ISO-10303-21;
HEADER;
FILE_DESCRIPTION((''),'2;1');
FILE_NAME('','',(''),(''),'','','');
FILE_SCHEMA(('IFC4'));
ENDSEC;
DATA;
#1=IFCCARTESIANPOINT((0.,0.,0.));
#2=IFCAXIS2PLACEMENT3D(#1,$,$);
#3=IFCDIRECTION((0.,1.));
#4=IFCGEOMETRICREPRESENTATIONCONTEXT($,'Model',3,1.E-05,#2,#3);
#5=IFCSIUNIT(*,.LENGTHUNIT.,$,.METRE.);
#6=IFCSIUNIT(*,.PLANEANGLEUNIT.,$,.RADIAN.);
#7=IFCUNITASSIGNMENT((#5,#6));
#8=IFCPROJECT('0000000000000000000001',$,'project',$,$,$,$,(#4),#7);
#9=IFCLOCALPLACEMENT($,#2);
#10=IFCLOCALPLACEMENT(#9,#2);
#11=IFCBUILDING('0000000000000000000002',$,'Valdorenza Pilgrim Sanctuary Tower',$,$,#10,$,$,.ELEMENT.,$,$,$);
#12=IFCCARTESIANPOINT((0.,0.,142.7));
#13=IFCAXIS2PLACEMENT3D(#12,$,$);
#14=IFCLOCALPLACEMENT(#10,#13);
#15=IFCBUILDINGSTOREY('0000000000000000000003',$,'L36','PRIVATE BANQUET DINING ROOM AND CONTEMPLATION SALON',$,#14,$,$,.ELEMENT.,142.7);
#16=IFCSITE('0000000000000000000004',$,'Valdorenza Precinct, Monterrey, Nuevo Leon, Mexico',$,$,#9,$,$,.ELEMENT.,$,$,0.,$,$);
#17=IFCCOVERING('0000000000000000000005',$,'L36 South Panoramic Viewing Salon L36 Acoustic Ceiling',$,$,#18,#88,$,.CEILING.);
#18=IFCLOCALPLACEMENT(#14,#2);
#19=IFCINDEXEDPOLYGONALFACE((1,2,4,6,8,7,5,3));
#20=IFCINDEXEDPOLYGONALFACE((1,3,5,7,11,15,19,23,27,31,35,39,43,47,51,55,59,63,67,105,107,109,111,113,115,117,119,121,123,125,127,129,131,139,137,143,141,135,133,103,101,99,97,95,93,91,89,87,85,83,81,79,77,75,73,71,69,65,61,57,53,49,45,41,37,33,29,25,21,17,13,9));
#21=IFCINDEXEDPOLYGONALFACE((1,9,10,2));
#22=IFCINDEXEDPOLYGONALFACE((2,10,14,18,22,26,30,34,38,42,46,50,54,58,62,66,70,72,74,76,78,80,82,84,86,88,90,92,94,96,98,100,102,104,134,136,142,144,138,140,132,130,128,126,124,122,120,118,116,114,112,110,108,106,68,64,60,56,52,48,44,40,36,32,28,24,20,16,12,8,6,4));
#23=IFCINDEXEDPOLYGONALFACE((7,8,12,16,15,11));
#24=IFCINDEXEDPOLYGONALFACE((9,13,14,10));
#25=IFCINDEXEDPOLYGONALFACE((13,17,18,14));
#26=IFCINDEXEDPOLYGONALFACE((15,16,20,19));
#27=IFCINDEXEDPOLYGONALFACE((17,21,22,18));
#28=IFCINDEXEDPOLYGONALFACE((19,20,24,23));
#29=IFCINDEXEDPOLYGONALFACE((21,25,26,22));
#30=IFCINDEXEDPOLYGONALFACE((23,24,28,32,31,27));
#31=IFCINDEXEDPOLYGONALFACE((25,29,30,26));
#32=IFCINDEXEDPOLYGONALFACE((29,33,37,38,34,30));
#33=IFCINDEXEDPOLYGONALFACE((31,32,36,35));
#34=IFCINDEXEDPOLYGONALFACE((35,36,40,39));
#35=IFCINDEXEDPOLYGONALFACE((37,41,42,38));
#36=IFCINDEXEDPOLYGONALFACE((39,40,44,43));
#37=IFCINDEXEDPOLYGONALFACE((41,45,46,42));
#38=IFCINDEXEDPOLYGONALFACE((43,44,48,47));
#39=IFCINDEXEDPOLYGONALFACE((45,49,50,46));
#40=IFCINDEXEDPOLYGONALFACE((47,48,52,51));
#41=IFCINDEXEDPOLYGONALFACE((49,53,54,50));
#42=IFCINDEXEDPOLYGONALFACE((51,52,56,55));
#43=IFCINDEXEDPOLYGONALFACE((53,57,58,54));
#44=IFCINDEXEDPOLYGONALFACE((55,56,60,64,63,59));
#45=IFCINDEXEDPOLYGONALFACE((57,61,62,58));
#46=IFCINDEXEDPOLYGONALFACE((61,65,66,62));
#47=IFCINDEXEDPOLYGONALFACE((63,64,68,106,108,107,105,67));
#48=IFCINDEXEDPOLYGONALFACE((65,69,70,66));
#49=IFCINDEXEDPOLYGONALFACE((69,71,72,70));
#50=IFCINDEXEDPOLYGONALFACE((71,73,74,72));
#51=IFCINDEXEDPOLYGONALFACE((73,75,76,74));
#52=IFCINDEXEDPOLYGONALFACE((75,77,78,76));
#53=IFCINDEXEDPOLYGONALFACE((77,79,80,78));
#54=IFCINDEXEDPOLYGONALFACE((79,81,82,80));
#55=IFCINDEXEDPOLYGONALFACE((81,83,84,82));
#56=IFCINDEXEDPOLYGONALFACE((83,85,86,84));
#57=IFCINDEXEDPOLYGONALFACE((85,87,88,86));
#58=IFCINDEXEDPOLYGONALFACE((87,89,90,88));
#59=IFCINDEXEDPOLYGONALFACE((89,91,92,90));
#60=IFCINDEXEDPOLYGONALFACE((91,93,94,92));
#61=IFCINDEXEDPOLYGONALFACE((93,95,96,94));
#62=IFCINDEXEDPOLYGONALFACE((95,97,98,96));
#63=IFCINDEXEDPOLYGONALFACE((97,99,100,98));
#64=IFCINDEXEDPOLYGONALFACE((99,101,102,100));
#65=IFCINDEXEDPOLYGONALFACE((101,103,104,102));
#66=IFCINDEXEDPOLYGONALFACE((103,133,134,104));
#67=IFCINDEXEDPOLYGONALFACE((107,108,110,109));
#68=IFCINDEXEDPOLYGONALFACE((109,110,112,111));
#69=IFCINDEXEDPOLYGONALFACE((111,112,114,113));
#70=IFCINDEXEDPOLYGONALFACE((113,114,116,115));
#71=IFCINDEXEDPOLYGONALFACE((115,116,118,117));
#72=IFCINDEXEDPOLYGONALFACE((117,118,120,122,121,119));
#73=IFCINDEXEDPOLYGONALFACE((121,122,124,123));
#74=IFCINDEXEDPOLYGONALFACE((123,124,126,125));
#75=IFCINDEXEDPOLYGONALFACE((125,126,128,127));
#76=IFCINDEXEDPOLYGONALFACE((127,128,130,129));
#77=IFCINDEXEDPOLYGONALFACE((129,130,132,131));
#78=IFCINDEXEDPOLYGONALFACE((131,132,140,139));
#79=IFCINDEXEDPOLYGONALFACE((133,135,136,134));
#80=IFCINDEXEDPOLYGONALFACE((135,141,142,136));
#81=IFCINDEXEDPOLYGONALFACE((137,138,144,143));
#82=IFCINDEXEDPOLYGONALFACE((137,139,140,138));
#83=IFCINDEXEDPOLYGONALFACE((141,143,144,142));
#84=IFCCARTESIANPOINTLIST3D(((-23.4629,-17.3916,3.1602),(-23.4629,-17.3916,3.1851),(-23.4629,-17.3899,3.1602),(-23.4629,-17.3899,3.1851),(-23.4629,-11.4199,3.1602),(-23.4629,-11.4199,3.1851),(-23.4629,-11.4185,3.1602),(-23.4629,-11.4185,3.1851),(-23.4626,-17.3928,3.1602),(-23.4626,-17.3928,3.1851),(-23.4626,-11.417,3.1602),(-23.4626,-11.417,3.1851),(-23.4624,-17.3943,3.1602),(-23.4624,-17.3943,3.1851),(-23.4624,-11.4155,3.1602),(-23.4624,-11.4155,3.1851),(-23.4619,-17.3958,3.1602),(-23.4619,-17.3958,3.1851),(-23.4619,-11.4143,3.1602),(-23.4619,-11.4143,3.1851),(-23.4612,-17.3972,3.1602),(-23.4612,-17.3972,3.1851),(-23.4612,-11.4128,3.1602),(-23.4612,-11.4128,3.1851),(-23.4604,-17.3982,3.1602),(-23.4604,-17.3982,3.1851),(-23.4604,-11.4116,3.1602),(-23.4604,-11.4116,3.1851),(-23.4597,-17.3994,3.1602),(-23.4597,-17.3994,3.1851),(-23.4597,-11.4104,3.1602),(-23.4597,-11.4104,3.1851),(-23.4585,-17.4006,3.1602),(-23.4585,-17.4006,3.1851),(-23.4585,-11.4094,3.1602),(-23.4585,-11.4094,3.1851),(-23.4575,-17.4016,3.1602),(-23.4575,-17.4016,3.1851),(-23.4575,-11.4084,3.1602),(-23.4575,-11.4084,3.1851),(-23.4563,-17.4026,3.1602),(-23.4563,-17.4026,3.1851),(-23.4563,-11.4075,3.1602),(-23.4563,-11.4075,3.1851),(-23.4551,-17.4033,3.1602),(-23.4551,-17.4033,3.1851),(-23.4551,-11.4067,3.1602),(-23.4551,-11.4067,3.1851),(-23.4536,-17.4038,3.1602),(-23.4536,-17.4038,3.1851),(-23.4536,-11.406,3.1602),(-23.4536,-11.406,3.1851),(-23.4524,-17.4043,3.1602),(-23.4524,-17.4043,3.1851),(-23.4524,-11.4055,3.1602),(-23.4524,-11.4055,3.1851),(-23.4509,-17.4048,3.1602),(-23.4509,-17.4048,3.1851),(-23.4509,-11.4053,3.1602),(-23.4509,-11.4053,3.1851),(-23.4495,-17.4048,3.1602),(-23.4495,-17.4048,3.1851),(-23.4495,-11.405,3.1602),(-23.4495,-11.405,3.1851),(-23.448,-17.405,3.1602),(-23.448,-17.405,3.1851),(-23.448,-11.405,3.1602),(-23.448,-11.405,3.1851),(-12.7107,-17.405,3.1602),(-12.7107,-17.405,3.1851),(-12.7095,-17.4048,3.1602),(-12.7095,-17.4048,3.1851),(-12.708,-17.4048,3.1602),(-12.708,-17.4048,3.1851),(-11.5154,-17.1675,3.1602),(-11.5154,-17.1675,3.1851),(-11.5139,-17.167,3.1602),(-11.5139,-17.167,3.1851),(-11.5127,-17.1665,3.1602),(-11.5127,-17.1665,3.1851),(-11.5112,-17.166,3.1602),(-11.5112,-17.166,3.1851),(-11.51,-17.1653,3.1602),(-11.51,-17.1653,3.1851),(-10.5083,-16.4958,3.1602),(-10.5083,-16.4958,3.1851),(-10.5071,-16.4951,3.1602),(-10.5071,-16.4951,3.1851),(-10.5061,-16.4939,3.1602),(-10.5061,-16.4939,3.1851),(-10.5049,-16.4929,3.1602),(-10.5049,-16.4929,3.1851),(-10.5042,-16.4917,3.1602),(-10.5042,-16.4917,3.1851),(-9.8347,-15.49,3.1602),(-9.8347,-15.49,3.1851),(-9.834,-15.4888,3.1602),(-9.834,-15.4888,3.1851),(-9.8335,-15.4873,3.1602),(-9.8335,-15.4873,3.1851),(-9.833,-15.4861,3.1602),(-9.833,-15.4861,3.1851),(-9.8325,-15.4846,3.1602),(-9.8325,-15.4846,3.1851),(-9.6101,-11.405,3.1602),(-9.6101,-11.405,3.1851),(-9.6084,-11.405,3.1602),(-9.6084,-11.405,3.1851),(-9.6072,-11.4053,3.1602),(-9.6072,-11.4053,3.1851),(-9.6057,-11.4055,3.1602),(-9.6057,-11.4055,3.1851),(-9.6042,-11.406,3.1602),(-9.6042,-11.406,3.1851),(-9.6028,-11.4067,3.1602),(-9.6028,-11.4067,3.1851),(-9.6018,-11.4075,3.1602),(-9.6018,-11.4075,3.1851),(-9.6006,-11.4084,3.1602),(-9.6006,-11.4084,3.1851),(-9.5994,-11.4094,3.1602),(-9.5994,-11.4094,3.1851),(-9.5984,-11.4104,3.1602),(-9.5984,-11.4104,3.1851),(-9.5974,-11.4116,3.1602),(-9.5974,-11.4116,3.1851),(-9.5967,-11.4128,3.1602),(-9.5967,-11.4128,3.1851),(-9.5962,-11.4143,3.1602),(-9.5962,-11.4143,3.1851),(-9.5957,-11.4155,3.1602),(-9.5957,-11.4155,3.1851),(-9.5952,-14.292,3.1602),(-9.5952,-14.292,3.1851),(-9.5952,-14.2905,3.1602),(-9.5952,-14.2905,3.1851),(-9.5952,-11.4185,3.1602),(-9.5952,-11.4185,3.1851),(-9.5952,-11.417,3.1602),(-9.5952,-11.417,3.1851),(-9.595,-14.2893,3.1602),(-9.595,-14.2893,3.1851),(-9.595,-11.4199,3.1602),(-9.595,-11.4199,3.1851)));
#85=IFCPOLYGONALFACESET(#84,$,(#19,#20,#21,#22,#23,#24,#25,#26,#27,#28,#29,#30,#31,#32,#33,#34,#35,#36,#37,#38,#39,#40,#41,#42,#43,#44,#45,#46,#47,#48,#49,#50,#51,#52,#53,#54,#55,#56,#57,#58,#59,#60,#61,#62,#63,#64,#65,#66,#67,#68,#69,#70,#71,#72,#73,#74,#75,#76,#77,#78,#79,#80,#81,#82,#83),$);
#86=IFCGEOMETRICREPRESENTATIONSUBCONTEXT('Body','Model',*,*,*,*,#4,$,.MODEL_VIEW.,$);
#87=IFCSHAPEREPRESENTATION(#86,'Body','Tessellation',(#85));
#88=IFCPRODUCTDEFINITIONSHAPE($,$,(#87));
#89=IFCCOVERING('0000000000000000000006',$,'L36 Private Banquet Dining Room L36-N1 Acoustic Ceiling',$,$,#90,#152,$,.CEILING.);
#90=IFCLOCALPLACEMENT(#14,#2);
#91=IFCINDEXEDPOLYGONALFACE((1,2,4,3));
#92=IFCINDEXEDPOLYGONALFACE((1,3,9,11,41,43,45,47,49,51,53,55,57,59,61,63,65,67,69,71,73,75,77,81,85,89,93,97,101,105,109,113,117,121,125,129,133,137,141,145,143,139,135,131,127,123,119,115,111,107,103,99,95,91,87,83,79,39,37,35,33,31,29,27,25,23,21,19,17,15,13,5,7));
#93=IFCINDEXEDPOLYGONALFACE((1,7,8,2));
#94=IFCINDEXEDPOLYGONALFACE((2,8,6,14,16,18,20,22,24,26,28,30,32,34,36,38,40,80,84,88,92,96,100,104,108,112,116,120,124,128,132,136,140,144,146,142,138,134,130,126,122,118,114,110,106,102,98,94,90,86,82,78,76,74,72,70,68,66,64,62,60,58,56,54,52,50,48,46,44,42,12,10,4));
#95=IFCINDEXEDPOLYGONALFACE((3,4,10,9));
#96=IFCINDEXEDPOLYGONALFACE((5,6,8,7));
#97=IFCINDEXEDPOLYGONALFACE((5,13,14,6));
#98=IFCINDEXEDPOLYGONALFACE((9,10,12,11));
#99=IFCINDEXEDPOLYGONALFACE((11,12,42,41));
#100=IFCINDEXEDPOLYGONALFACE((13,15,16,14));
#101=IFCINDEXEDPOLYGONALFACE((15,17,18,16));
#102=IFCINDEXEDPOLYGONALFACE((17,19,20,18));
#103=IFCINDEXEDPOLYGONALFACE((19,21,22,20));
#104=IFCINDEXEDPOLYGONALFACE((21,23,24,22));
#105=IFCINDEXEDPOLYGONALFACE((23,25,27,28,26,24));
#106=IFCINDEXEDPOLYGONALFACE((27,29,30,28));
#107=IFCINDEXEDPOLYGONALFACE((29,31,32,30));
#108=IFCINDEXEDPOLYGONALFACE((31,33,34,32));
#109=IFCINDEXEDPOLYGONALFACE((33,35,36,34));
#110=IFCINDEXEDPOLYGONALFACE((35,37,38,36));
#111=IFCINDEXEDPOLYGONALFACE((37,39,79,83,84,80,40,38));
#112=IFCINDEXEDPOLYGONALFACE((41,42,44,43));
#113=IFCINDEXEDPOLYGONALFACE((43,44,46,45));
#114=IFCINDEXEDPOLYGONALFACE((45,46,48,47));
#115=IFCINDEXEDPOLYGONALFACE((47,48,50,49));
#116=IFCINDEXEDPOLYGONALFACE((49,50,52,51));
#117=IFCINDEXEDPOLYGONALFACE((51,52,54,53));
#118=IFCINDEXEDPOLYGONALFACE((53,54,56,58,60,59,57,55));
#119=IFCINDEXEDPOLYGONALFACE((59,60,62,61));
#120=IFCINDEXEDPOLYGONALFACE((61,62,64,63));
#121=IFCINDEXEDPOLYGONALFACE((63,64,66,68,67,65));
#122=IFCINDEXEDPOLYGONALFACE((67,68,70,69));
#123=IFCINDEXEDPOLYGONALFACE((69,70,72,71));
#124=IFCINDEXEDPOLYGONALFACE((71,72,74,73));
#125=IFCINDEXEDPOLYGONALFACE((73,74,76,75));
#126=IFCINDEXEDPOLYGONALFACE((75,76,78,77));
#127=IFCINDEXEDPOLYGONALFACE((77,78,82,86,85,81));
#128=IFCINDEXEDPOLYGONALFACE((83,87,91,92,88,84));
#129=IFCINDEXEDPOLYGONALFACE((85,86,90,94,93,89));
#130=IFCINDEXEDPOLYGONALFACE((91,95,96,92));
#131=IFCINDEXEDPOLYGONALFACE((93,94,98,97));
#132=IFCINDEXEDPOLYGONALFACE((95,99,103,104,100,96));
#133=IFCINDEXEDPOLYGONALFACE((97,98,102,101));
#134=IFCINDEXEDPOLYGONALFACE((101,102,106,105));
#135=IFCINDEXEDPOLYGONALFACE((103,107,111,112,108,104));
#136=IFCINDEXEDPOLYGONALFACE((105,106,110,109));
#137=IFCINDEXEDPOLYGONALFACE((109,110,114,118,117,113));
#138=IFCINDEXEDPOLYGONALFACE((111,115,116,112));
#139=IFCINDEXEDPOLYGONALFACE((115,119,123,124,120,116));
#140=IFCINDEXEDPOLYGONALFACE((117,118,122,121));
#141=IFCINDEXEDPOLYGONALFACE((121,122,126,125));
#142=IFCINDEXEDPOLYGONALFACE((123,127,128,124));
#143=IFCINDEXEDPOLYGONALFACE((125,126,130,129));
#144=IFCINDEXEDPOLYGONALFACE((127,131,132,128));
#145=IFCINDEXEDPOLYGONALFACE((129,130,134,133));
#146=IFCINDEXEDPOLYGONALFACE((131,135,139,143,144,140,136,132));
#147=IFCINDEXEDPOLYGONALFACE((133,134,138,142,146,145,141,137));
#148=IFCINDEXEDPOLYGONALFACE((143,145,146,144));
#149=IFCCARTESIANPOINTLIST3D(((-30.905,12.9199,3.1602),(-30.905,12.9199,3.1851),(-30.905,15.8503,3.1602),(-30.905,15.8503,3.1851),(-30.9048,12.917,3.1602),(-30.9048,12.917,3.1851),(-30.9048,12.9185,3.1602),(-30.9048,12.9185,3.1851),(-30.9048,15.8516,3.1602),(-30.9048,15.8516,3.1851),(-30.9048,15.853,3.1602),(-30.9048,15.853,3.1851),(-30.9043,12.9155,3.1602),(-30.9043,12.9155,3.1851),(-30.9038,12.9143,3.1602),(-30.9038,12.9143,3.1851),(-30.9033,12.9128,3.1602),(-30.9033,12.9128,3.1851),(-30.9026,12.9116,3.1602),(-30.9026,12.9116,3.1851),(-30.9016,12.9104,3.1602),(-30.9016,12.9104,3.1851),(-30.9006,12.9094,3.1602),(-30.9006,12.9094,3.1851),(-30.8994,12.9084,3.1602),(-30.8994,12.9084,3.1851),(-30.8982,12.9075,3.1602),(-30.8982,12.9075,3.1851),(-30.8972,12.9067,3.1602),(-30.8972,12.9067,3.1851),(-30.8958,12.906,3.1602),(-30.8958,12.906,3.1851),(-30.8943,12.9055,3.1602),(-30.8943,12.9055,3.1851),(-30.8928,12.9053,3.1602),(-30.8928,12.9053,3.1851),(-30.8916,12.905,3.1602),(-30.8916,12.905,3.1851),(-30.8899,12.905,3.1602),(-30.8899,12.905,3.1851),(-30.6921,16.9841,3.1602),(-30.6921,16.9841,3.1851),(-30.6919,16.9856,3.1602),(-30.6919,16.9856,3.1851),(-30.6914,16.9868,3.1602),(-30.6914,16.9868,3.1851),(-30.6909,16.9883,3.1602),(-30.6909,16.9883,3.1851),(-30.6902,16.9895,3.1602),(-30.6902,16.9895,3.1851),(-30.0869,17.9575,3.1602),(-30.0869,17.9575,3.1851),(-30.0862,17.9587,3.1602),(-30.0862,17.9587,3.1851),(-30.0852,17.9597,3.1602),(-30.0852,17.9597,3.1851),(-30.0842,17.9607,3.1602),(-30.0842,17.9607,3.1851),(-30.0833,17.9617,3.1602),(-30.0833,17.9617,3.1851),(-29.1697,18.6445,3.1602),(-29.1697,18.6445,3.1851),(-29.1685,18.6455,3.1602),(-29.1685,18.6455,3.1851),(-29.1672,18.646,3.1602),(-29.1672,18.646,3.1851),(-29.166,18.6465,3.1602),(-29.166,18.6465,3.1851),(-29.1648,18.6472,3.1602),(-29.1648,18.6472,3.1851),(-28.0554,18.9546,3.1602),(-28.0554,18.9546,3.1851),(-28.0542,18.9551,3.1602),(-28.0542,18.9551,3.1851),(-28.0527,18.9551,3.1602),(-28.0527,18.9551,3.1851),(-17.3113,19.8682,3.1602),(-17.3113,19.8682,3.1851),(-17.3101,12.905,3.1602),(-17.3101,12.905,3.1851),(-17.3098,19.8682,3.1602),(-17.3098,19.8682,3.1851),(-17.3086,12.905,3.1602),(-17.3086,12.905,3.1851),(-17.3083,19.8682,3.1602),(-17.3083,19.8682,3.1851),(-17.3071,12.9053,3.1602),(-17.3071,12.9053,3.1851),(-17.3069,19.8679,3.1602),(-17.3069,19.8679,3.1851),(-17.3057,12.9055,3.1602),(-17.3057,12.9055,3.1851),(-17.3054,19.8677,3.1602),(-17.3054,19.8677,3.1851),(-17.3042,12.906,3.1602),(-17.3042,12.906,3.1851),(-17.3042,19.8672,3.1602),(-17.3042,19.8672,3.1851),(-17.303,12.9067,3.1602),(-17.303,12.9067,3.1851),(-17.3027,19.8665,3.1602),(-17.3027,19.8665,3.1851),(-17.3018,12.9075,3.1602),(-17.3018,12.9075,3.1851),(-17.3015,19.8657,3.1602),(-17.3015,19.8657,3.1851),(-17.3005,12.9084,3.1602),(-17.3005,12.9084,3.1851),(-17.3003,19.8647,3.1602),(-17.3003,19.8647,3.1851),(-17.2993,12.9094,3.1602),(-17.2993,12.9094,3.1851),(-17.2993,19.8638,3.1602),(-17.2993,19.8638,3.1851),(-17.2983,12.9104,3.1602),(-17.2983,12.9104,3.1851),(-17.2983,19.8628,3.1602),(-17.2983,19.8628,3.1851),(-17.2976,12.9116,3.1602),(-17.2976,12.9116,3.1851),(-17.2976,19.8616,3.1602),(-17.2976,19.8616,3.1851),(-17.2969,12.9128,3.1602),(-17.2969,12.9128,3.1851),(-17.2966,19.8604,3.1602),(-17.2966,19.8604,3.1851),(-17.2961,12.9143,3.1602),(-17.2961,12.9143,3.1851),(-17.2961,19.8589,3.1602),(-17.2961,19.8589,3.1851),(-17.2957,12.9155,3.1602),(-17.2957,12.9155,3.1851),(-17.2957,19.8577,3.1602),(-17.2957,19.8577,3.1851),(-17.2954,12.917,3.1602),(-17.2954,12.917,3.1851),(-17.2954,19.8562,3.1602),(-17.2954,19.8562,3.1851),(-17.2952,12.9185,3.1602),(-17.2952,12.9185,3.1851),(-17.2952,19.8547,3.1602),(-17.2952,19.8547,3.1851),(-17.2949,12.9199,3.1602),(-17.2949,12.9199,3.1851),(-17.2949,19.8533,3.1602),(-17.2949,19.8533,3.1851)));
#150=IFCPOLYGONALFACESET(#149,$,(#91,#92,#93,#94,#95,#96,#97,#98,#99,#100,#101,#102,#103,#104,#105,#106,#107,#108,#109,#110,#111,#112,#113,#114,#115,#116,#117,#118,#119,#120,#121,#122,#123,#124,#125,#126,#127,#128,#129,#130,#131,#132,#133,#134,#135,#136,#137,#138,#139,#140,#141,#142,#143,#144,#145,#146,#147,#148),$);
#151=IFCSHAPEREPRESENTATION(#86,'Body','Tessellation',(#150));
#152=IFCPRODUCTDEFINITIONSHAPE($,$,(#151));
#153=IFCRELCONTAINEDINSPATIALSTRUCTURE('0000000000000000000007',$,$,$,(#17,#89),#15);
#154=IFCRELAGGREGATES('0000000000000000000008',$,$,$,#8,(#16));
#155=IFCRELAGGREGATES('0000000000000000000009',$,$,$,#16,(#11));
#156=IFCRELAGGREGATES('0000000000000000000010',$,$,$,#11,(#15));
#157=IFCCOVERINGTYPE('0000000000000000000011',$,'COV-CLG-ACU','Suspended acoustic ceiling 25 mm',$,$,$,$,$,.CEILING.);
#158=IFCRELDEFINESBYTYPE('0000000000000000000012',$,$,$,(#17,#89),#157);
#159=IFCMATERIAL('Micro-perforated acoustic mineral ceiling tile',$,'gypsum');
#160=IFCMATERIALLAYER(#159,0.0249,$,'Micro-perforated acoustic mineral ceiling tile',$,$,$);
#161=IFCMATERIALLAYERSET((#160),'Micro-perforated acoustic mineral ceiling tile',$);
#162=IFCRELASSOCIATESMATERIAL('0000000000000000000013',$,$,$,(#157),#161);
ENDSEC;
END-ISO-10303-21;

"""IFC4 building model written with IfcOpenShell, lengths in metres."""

from ifc_helpers import new_model, si_unit, direction, frame, origin, place, context, subcontext, project, spatial, polyline, outline, extrude, material, layer, layer_set, type_object, element, save


model = new_model("IFC4")

# Units and contexts
model_context = context("Model", 3, precision=1e-05, world=origin(), true_north=direction((0.0, 1.0)))
body_context = subcontext(model_context, "Body", "Model", "MODEL_VIEW")
ifc_project = project(units=[si_unit("LENGTHUNIT", "METRE"), si_unit("PLANEANGLEUNIT", "RADIAN")], contexts=[model_context])

# Site, building, storey
site_placement = place(None, origin())
site = spatial("IfcSite", under=ifc_project, at=site_placement, Name="Valdorenza Precinct, Monterrey, Nuevo Leon, Mexico", CompositionType="ELEMENT", RefElevation=0.0)
building_placement = place(site_placement, origin())
building = spatial("IfcBuilding", under=site, at=building_placement, Name="Valdorenza Pilgrim Sanctuary Tower", CompositionType="ELEMENT")
storey_placement = place(building_placement, frame((0.0, 0.0, 142.7)))
storey = spatial("IfcBuildingStorey", under=building, at=storey_placement, Name="L36", Description="PRIVATE BANQUET DINING ROOM AND CONTEMPLATION SALON", CompositionType="ELEMENT", Elevation=142.7)

# Coverings
ifc_material_1 = material(Name="Micro-perforated acoustic mineral ceiling tile", Category="gypsum")
ifc_layer_1 = layer(ifc_material_1, 0.0249, Name="Micro-perforated acoustic mineral ceiling tile")
ifc_layer_set_1 = layer_set([ifc_layer_1], Name="Micro-perforated acoustic mineral ceiling tile")
covering_type_1 = type_object("IfcCoveringType", Name="COV-CLG-ACU", Description="Suspended acoustic ceiling 25 mm", PredefinedType="CEILING", material=ifc_layer_set_1)
covering_1_placement = place(storey_placement, frame((0.0, 0.0, 3.1602)))
element("IfcCovering", 1, at=covering_1_placement, inside=storey, type_object=covering_type_1, Name="L36 South Panoramic Viewing Salon L36 Acoustic Ceiling", PredefinedType="CEILING", context=body_context, shape_type="SweptSolid", body=[
    extrude(outline(polyline([(-9.6101, -11.405), (-9.6084, -11.405), (-9.6072, -11.4053), (-9.6057, -11.4055), (-9.6042, -11.406), (-9.6028, -11.4067), (-9.6018, -11.4075), (-9.6006, -11.4084), (-9.5994, -11.4094), (-9.5984, -11.4104), (-9.5974, -11.4116), (-9.5967, -11.4128), (-9.5962, -11.4143), (-9.5957, -11.4155), (-9.5952, -11.417), (-9.5952, -11.4185), (-9.595, -11.4199), (-9.595, -14.2893), (-9.5952, -14.2905), (-9.5952, -14.292), (-9.8325, -15.4846), (-9.833, -15.4861), (-9.8335, -15.4873), (-9.834, -15.4888), (-9.8347, -15.49), (-10.5042, -16.4917), (-10.5049, -16.4929), (-10.5061, -16.4939), (-10.5071, -16.4951), (-10.5083, -16.4958), (-11.51, -17.1653), (-11.5112, -17.166), (-11.5127, -17.1665), (-11.5139, -17.167), (-11.5154, -17.1675), (-12.708, -17.4048), (-12.7095, -17.4048), (-12.7107, -17.405), (-23.448, -17.405), (-23.4495, -17.4048), (-23.4509, -17.4048), (-23.4524, -17.4043), (-23.4536, -17.4038), (-23.4551, -17.4033), (-23.4563, -17.4026), (-23.4575, -17.4016), (-23.4585, -17.4006), (-23.4597, -17.3994), (-23.4604, -17.3982), (-23.4612, -17.3972), (-23.4619, -17.3958), (-23.4624, -17.3943), (-23.4626, -17.3928), (-23.4629, -17.3916), (-23.4629, -17.3899), (-23.4629, -11.4199), (-23.4629, -11.4185), (-23.4626, -11.417), (-23.4624, -11.4155), (-23.4619, -11.4143), (-23.4612, -11.4128), (-23.4604, -11.4116), (-23.4597, -11.4104), (-23.4585, -11.4094), (-23.4575, -11.4084), (-23.4563, -11.4075), (-23.4551, -11.4067), (-23.4536, -11.406), (-23.4524, -11.4055), (-23.4509, -11.4053), (-23.4495, -11.405), (-23.448, -11.405), (-9.6101, -11.405)])), origin(), (0.0, 0.0, 1.0), 0.0249),
])
covering_2_placement = place(storey_placement, frame((0.0, 0.0, 3.1602)))
element("IfcCovering", 2, at=covering_2_placement, inside=storey, type_object=covering_type_1, Name="L36 Private Banquet Dining Room L36-N1 Acoustic Ceiling", PredefinedType="CEILING", context=body_context, shape_type="SweptSolid", body=[
    extrude(outline(polyline([(-30.8899, 12.905), (-30.8916, 12.905), (-30.8928, 12.9053), (-30.8943, 12.9055), (-30.8958, 12.906), (-30.8972, 12.9067), (-30.8982, 12.9075), (-30.8994, 12.9084), (-30.9006, 12.9094), (-30.9016, 12.9104), (-30.9026, 12.9116), (-30.9033, 12.9128), (-30.9038, 12.9143), (-30.9043, 12.9155), (-30.9048, 12.917), (-30.9048, 12.9185), (-30.905, 12.9199), (-30.905, 15.8503), (-30.9048, 15.8516), (-30.9048, 15.853), (-30.6921, 16.9841), (-30.6919, 16.9856), (-30.6914, 16.9868), (-30.6909, 16.9883), (-30.6902, 16.9895), (-30.0869, 17.9575), (-30.0862, 17.9587), (-30.0852, 17.9597), (-30.0842, 17.9607), (-30.0833, 17.9617), (-29.1697, 18.6445), (-29.1685, 18.6455), (-29.1672, 18.646), (-29.166, 18.6465), (-29.1648, 18.6472), (-28.0554, 18.9546), (-28.0542, 18.9551), (-28.0527, 18.9551), (-17.3113, 19.8682), (-17.3098, 19.8682), (-17.3083, 19.8682), (-17.3069, 19.8679), (-17.3054, 19.8677), (-17.3042, 19.8672), (-17.3027, 19.8665), (-17.3015, 19.8657), (-17.3003, 19.8647), (-17.2993, 19.8638), (-17.2983, 19.8628), (-17.2976, 19.8616), (-17.2966, 19.8604), (-17.2961, 19.8589), (-17.2957, 19.8577), (-17.2954, 19.8562), (-17.2952, 19.8547), (-17.2949, 19.8533), (-17.2949, 12.9199), (-17.2952, 12.9185), (-17.2954, 12.917), (-17.2957, 12.9155), (-17.2961, 12.9143), (-17.2969, 12.9128), (-17.2976, 12.9116), (-17.2983, 12.9104), (-17.2993, 12.9094), (-17.3005, 12.9084), (-17.3018, 12.9075), (-17.303, 12.9067), (-17.3042, 12.906), (-17.3057, 12.9055), (-17.3071, 12.9053), (-17.3086, 12.905), (-17.3101, 12.905), (-30.8899, 12.905)])), origin(), (0.0, 0.0, 1.0), 0.0249),
])

save(model, "model.ifc")
